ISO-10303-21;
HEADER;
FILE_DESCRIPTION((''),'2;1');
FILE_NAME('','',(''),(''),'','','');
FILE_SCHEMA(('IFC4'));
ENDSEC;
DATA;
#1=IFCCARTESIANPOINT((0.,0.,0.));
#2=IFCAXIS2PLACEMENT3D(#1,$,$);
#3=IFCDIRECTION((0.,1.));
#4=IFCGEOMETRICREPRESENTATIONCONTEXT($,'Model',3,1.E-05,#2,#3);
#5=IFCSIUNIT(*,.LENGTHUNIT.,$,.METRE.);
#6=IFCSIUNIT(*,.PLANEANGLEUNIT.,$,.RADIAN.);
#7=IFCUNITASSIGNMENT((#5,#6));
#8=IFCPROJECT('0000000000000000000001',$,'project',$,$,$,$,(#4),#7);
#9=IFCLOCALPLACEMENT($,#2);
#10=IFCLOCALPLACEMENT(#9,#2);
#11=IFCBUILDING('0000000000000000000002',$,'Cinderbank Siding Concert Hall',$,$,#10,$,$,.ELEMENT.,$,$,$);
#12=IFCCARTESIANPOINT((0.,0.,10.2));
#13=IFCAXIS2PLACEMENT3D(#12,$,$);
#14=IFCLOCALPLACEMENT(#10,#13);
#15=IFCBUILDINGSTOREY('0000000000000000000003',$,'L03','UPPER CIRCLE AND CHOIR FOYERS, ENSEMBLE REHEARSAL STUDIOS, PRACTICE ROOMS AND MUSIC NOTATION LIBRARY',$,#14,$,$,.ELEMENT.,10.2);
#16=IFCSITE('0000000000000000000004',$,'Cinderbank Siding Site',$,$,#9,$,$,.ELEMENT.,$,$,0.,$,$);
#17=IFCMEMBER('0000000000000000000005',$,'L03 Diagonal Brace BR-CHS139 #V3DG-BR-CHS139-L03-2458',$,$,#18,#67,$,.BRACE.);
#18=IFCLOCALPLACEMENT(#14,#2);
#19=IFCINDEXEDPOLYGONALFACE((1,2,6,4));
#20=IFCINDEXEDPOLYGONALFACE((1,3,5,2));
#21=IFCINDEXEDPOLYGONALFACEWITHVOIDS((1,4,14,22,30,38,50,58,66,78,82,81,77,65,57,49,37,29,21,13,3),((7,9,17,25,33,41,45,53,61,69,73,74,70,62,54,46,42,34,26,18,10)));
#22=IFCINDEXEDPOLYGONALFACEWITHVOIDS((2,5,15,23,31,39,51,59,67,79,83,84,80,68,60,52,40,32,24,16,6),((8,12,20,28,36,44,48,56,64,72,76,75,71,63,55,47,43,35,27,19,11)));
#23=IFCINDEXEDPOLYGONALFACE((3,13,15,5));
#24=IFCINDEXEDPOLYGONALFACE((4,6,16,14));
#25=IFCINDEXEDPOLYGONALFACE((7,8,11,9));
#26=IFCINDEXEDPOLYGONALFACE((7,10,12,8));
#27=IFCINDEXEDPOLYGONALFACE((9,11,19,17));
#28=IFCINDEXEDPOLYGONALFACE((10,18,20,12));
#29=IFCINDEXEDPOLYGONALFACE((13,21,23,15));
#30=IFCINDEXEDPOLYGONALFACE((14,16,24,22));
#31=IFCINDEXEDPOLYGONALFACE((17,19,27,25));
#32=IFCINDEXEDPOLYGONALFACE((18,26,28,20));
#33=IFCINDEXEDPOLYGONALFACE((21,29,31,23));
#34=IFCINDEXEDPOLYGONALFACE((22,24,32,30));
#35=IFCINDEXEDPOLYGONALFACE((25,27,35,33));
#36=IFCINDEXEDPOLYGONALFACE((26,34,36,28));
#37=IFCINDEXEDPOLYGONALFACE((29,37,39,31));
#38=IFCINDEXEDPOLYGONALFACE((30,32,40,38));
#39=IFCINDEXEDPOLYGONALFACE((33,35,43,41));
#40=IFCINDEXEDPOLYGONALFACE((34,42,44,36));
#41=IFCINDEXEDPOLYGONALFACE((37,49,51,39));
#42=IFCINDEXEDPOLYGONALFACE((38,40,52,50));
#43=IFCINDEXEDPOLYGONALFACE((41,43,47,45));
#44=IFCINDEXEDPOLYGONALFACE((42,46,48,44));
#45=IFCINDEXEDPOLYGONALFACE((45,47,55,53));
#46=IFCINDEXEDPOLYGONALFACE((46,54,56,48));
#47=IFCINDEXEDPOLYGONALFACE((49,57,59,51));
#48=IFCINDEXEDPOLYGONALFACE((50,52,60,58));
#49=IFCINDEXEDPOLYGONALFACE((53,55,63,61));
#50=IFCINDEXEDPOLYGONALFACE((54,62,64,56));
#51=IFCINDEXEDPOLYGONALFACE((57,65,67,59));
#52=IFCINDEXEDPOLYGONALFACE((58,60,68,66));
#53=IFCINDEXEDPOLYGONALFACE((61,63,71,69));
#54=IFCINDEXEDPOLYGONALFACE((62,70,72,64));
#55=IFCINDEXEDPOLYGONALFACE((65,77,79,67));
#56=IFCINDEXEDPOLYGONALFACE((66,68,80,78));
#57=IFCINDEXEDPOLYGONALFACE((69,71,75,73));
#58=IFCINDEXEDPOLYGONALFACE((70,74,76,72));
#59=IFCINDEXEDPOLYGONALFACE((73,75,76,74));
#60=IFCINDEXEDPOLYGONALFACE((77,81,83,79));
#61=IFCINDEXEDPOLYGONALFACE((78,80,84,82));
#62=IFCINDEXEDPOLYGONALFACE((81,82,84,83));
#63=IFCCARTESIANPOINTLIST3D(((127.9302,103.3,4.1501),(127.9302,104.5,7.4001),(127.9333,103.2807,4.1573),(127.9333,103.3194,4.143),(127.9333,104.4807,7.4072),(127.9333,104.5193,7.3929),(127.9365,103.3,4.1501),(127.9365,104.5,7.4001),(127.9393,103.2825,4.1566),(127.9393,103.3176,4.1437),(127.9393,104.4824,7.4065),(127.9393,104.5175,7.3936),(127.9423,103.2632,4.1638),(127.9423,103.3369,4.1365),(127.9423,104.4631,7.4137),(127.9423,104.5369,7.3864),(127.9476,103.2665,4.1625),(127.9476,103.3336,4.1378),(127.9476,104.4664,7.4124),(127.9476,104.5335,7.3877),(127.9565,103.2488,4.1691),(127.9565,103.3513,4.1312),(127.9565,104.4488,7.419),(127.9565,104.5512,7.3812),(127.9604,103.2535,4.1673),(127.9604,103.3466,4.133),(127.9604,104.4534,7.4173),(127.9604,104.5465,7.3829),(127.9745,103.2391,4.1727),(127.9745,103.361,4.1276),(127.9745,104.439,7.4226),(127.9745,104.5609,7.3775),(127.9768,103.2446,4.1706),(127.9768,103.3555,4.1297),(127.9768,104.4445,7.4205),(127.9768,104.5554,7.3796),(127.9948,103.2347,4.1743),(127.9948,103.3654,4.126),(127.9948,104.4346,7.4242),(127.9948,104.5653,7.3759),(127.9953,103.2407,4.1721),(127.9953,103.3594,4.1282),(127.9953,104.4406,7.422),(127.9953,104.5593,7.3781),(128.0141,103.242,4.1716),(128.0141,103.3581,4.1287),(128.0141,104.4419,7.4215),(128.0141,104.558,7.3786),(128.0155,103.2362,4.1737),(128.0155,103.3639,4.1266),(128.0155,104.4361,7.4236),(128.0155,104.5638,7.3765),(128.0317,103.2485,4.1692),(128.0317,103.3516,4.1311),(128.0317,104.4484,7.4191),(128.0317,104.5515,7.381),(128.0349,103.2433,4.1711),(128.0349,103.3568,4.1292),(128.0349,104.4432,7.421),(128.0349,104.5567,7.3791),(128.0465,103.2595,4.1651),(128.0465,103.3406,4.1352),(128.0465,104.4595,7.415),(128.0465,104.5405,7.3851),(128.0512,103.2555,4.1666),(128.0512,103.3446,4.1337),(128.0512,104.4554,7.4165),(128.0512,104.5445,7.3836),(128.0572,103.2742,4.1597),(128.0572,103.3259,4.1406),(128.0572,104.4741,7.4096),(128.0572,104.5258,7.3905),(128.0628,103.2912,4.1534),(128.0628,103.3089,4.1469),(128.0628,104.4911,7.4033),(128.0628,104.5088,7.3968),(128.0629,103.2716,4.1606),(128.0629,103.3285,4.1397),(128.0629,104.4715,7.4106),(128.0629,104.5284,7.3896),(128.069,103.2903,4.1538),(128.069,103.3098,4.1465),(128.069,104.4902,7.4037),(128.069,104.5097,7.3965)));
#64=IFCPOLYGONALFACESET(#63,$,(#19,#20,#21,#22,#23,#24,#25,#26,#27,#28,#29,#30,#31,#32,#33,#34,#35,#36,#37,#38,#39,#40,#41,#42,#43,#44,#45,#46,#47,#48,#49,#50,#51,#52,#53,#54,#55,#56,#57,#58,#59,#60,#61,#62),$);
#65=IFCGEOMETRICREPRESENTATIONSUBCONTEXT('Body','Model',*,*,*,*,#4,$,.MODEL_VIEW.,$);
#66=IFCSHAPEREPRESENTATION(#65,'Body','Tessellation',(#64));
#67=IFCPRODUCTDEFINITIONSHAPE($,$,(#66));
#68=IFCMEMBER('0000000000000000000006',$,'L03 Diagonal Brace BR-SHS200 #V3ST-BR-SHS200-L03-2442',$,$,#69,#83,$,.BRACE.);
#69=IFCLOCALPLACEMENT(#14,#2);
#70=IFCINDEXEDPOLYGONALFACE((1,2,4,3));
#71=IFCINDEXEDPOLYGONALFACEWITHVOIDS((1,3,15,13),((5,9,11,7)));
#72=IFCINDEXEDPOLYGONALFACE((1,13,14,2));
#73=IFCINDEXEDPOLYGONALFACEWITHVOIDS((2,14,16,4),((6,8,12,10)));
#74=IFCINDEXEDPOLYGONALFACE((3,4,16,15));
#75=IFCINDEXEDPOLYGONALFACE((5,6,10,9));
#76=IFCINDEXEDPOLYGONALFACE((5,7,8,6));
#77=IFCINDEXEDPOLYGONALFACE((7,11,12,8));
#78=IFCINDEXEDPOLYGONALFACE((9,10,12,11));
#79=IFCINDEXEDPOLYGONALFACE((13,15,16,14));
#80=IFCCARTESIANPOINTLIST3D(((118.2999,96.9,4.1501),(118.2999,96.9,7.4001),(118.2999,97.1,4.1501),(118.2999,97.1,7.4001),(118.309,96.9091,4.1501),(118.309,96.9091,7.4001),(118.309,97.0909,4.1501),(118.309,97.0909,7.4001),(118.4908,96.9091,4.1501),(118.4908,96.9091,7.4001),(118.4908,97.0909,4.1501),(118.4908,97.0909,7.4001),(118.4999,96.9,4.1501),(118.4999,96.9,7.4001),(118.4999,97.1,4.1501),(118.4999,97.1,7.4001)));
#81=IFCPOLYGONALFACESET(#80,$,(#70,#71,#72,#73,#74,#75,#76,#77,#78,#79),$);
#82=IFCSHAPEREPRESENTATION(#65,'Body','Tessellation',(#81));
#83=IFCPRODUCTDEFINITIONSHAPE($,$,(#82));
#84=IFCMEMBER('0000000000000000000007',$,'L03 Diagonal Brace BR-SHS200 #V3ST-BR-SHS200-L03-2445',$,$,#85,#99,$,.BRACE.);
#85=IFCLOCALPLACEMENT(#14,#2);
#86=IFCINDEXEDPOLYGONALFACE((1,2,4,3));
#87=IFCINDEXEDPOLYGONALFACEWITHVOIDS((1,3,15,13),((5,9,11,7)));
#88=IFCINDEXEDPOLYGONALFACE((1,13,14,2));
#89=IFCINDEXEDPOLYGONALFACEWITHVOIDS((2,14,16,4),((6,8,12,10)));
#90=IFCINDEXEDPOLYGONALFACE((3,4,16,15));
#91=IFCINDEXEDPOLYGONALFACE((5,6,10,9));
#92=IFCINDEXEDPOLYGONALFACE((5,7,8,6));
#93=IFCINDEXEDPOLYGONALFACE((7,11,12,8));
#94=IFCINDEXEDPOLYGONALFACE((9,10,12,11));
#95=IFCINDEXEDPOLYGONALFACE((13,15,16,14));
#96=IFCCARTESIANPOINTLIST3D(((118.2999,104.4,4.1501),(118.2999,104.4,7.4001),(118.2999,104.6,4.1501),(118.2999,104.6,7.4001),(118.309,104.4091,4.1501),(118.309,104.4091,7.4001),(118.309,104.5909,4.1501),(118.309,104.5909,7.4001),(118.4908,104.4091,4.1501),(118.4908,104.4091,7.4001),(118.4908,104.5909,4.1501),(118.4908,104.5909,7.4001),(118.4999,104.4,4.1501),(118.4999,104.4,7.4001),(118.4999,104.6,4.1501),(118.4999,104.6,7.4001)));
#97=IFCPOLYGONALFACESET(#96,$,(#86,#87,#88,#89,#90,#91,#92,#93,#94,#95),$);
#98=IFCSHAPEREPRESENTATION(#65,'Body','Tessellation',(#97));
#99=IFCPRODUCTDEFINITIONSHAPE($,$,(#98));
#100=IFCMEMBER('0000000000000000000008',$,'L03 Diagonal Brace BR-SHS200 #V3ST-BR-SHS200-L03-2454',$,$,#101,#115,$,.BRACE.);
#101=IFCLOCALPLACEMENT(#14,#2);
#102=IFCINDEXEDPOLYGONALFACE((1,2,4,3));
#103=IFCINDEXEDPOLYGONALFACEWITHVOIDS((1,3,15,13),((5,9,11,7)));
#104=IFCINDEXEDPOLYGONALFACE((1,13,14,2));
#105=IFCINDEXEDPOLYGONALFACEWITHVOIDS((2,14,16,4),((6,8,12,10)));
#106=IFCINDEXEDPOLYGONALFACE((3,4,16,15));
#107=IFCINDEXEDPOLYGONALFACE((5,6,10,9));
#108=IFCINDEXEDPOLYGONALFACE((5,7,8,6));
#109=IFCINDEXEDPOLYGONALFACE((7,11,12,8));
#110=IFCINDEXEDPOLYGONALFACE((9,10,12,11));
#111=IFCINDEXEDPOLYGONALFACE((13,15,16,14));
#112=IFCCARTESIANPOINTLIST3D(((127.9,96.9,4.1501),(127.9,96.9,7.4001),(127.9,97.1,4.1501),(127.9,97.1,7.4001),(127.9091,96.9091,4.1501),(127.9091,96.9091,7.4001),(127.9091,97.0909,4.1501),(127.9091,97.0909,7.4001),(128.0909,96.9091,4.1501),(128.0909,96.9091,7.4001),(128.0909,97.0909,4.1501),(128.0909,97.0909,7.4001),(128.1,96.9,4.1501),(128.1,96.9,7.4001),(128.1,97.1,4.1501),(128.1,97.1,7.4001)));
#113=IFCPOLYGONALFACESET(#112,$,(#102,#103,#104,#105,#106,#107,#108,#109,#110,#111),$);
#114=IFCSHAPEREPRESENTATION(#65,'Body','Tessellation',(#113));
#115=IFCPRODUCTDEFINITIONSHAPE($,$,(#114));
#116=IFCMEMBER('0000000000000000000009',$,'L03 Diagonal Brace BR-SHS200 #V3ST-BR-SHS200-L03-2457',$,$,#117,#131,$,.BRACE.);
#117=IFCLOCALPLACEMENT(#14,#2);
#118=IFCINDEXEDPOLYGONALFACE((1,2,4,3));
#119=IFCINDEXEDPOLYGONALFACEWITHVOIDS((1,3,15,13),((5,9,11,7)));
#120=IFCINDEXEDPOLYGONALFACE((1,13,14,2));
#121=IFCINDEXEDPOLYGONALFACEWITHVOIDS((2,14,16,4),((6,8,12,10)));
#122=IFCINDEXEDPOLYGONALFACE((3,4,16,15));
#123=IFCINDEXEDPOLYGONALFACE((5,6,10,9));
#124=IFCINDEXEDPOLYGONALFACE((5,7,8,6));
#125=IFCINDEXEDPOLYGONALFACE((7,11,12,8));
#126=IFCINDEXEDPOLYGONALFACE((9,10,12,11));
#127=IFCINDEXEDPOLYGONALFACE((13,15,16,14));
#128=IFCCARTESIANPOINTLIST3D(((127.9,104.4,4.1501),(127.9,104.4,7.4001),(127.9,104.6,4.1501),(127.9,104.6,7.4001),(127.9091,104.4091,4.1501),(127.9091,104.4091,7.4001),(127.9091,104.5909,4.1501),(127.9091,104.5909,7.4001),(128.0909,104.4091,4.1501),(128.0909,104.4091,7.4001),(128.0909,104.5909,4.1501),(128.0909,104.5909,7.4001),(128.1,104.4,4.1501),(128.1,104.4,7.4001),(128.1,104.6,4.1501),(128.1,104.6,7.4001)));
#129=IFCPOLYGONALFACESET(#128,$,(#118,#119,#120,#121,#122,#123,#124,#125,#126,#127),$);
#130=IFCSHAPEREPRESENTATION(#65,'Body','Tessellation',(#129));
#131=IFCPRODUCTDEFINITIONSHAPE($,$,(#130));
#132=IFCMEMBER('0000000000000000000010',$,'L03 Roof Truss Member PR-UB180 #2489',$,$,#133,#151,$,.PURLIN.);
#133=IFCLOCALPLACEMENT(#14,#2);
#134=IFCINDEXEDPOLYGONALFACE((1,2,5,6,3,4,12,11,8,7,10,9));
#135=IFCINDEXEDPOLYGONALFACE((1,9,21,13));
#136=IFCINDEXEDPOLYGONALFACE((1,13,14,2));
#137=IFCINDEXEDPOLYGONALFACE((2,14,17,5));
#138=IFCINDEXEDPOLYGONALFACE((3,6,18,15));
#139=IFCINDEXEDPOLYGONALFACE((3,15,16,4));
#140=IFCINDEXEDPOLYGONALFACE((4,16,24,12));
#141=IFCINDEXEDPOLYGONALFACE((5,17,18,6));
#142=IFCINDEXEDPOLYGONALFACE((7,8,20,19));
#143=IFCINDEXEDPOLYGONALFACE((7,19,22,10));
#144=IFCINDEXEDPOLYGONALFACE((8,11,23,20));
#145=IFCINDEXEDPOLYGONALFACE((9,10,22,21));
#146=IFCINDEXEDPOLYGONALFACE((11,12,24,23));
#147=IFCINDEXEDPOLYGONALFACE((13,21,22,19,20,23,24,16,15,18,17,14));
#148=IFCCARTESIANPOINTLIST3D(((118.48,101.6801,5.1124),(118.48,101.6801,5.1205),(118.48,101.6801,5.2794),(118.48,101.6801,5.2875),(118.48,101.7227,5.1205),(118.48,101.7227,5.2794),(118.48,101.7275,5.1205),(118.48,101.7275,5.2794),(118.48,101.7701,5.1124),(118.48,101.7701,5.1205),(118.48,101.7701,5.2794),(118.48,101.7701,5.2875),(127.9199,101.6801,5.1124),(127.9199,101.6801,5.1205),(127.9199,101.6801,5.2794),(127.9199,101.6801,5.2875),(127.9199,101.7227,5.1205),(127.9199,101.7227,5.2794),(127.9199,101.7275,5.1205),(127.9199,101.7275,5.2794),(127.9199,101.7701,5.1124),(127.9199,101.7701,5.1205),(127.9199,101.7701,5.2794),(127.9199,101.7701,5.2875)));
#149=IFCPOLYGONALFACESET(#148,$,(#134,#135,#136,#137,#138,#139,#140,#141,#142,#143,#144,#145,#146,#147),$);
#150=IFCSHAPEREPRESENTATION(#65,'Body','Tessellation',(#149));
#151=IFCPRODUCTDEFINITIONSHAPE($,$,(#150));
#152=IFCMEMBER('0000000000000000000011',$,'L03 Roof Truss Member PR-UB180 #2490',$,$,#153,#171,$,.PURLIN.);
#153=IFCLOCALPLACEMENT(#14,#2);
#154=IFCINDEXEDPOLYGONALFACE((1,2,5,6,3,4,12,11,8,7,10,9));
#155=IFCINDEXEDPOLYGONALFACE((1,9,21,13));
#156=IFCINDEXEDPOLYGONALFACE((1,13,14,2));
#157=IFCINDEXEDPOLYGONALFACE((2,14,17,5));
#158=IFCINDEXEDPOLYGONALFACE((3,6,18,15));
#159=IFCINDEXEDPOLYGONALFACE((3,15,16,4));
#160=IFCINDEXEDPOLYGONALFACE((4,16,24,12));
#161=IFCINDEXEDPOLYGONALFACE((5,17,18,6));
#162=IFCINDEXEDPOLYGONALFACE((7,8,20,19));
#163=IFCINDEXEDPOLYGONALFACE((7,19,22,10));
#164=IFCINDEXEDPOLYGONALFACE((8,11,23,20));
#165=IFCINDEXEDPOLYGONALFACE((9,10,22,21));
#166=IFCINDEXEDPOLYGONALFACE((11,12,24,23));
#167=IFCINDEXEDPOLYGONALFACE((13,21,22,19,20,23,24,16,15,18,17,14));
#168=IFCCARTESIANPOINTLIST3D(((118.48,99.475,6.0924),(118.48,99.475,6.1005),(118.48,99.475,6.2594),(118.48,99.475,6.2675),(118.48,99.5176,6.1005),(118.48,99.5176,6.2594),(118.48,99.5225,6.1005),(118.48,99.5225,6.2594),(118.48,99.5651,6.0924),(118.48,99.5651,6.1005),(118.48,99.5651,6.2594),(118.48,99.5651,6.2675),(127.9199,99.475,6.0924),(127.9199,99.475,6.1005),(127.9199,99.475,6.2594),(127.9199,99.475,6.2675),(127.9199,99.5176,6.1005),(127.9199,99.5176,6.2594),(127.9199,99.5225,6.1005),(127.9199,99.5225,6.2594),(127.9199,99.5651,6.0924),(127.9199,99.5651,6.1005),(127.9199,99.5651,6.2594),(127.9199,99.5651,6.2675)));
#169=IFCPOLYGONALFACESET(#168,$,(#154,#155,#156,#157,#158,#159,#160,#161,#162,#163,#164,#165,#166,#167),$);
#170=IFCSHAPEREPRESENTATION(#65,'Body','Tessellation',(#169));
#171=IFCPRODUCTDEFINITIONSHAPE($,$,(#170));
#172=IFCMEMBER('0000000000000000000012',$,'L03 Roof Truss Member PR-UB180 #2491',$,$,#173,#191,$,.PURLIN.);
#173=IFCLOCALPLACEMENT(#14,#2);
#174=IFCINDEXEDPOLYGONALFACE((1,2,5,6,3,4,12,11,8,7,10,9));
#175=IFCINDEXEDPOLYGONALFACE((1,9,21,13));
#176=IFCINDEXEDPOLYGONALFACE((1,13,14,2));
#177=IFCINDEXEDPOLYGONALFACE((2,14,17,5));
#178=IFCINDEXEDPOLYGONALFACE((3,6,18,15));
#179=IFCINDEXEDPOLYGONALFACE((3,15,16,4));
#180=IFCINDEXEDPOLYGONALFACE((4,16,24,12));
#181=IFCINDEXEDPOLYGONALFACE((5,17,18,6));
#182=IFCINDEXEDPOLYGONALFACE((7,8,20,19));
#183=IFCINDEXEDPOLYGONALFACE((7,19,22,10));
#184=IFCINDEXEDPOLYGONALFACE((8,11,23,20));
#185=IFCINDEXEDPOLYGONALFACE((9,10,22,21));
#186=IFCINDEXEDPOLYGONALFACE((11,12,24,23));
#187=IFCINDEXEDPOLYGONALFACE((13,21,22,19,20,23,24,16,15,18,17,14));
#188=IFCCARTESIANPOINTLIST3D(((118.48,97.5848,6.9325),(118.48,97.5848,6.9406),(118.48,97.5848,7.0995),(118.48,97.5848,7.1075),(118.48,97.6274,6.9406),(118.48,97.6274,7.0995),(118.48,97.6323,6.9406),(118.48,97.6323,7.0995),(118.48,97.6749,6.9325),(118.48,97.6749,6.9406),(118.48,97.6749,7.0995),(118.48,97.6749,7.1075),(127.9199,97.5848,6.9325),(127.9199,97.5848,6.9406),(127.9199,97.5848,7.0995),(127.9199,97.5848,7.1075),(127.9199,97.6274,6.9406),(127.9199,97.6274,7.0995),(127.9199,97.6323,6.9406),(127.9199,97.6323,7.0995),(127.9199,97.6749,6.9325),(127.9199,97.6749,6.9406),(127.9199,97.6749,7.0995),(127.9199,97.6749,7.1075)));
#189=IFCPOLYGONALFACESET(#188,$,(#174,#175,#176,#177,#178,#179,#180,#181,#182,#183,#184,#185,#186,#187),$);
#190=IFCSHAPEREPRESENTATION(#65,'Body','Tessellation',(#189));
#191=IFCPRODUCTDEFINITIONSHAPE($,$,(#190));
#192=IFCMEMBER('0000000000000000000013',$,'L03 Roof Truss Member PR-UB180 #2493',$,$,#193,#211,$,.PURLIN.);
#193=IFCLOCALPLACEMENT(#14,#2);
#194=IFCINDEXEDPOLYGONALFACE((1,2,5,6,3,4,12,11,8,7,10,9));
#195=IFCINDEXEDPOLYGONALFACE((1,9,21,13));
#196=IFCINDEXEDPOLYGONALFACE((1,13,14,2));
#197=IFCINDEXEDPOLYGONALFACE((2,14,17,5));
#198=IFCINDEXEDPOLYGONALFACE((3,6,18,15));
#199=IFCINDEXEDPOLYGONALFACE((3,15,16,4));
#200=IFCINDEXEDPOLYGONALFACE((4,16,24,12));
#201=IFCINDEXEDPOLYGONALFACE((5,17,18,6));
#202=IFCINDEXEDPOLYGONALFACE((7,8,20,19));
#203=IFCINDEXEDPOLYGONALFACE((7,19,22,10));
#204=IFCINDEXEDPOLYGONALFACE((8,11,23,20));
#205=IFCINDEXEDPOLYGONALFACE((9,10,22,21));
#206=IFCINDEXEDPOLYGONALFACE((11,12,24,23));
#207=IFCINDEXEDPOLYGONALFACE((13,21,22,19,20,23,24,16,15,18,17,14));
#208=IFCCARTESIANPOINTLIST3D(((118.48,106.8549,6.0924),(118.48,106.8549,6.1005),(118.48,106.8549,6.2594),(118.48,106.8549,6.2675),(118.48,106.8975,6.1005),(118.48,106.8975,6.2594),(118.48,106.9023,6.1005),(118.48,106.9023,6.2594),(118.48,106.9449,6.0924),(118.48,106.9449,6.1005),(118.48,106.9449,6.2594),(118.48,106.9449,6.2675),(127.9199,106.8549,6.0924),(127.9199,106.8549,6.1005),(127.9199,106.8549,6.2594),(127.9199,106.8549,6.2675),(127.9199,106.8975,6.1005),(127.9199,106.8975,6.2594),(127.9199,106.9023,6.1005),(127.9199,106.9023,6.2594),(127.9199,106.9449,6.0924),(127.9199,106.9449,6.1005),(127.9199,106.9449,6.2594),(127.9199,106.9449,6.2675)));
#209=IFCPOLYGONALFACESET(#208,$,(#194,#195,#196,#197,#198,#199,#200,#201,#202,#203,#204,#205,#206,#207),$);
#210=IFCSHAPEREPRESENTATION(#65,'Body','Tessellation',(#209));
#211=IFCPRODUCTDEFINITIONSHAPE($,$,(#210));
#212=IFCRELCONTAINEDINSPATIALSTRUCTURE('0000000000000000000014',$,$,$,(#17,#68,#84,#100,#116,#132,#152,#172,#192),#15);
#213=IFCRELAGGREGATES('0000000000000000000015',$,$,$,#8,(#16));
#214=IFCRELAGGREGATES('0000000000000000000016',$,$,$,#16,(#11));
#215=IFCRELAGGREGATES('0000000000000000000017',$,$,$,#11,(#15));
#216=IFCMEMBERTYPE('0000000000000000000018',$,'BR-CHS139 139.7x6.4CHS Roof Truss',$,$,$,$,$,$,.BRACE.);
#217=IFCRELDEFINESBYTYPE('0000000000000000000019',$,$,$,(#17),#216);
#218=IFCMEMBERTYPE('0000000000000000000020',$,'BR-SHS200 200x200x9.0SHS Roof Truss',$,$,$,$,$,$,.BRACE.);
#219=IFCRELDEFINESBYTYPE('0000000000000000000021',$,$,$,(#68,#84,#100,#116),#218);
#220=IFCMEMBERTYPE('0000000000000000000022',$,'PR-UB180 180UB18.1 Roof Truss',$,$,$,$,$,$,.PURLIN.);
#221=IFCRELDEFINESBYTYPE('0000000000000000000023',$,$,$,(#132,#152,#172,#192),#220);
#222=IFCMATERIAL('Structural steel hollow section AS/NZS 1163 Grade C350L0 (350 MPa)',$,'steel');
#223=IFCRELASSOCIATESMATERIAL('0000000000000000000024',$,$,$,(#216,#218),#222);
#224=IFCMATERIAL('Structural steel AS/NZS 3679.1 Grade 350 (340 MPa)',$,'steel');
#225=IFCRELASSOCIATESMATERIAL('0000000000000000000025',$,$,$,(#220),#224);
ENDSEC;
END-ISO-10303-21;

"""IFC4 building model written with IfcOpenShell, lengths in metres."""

from ifc_helpers import new_model, si_unit, direction, frame, origin, origin_2d, place, context, subcontext, project, spatial, hollow_rectangle, hollow_circle, i_section, extrude, material, material_profile, profile_set, type_object, element, save


model = new_model("IFC4")

# Units and contexts
model_context = context("Model", 3, precision=1e-05, world=origin(), true_north=direction((0.0, 1.0)))
body_context = subcontext(model_context, "Body", "Model", "MODEL_VIEW")
ifc_project = project(units=[si_unit("LENGTHUNIT", "METRE"), si_unit("PLANEANGLEUNIT", "RADIAN")], contexts=[model_context])

# Site, building, storey
site_placement = place(None, origin())
site = spatial("IfcSite", under=ifc_project, at=site_placement, Name="Cinderbank Siding Site", CompositionType="ELEMENT", RefElevation=0.0)
building_placement = place(site_placement, origin())
building = spatial("IfcBuilding", under=site, at=building_placement, Name="Cinderbank Siding Concert Hall", CompositionType="ELEMENT")
storey_placement = place(building_placement, frame((0.0, 0.0, 10.2)))
storey = spatial("IfcBuildingStorey", under=building, at=storey_placement, Name="L03", Description="UPPER CIRCLE AND CHOIR FOYERS, ENSEMBLE REHEARSAL STUDIOS, PRACTICE ROOMS AND MUSIC NOTATION LIBRARY", CompositionType="ELEMENT", Elevation=10.2)

# Shared definitions
ifc_material_1 = material(Name="Structural steel AS/NZS 3679.1 Grade 350 (340 MPa)", Category="steel")

# Members
ifc_material_2 = material(Name="Structural steel hollow section AS/NZS 1163 Grade C350L0 (350 MPa)", Category="steel")
ifc_material_profile_1 = material_profile(ifc_material_2, hollow_circle(Radius=0.0698, WallThickness=0.0063, at=origin_2d()), Name="139.7x6.4CHS", Category="LoadBearing")
ifc_profile_set_1 = profile_set([ifc_material_profile_1], Name="Structural steel hollow section AS/NZS 1163 Grade C350L0 (350 MPa)")
member_type_1 = type_object("IfcMemberType", Name="BR-CHS139 139.7x6.4CHS Roof Truss", PredefinedType="BRACE", material=ifc_profile_set_1)
for number, where, z_axis, x_axis, name in (
    (1, (128.0, 103.3, 4.1501), (0.0, 0.346362, 0.938101), (-1.0, 0.0, 0.0), "L03 Diagonal Brace BR-CHS139 #V3DG-BR-CHS139-L03-2458"),
):
    element("IfcMember", number, at=place(storey_placement, frame(where, z_axis=z_axis, x_axis=x_axis)), inside=storey, type_object=member_type_1, Name=name, PredefinedType="BRACE", context=body_context, shape_type="SweptSolid", body=[
        extrude(hollow_circle(Radius=0.0698, WallThickness=0.0063, at=origin_2d()), origin(), (0.0, 0.0, 1.0), 3.4644),
    ])
ifc_material_profile_2 = material_profile(ifc_material_2, hollow_rectangle(XDim=0.2, YDim=0.2, WallThickness=0.009, at=origin_2d()), Name="200x200x9.0SHS", Category="LoadBearing")
ifc_profile_set_2 = profile_set([ifc_material_profile_2], Name="Structural steel hollow section AS/NZS 1163 Grade C350L0 (350 MPa)")
member_type_2 = type_object("IfcMemberType", Name="BR-SHS200 200x200x9.0SHS Roof Truss", PredefinedType="BRACE", material=ifc_profile_set_2)
for number, where, z_axis, x_axis, name in (
    (2, (118.3999, 97.0, 4.1501), (0.0, 0.0, 1.0), (1.0, 0.0, 0.0), "L03 Diagonal Brace BR-SHS200 #V3ST-BR-SHS200-L03-2442"),
    (3, (118.3999, 104.5, 4.1501), (0.0, 0.0, 1.0), (1.0, 0.0, 0.0), "L03 Diagonal Brace BR-SHS200 #V3ST-BR-SHS200-L03-2445"),
    (4, (128.0, 97.0, 4.1501), (0.0, 0.0, 1.0), (1.0, 0.0, 0.0), "L03 Diagonal Brace BR-SHS200 #V3ST-BR-SHS200-L03-2454"),
    (5, (128.0, 104.5, 4.1501), (0.0, 0.0, 1.0), (1.0, 0.0, 0.0), "L03 Diagonal Brace BR-SHS200 #V3ST-BR-SHS200-L03-2457"),
):
    element("IfcMember", number, at=place(storey_placement, frame(where, z_axis=z_axis, x_axis=x_axis)), inside=storey, type_object=member_type_2, Name=name, PredefinedType="BRACE", context=body_context, shape_type="SweptSolid", body=[
        extrude(hollow_rectangle(XDim=0.2, YDim=0.2, WallThickness=0.009, at=origin_2d()), origin(), (0.0, 0.0, 1.0), 3.25),
    ])
ifc_material_profile_3 = material_profile(ifc_material_1, i_section(OverallWidth=0.0901, OverallDepth=0.175, WebThickness=0.0049, FlangeThickness=0.0081, at=origin_2d()), Name="180UB18.1", Category="LoadBearing")
ifc_profile_set_3 = profile_set([ifc_material_profile_3], Name="Structural steel AS/NZS 3679.1 Grade 350 (340 MPa)")
member_type_3 = type_object("IfcMemberType", Name="PR-UB180 180UB18.1 Roof Truss", PredefinedType="PURLIN", material=ifc_profile_set_3)
for number, where, z_axis, x_axis, name in (
    (6, (118.48, 101.7251, 5.2), (1.0, 0.0, 0.0), (0.0, 1.0, 0.0), "L03 Roof Truss Member PR-UB180 #2489"),
    (7, (118.48, 99.52, 6.1799), (1.0, 0.0, 0.0), (0.0, 1.0, 0.0), "L03 Roof Truss Member PR-UB180 #2490"),
    (8, (118.48, 97.6299, 7.02), (1.0, 0.0, 0.0), (0.0, 1.0, 0.0), "L03 Roof Truss Member PR-UB180 #2491"),
    (9, (118.48, 106.8999, 6.1799), (1.0, 0.0, 0.0), (0.0, 1.0, 0.0), "L03 Roof Truss Member PR-UB180 #2493"),
):
    element("IfcMember", number, at=place(storey_placement, frame(where, z_axis=z_axis, x_axis=x_axis)), inside=storey, type_object=member_type_3, Name=name, PredefinedType="PURLIN", context=body_context, shape_type="SweptSolid", body=[
        extrude(i_section(OverallWidth=0.0901, OverallDepth=0.175, WebThickness=0.0049, FlangeThickness=0.0081, at=origin_2d()), origin(), (0.0, 0.0, 1.0), 9.4399),
    ])

save(model, "model.ifc")
